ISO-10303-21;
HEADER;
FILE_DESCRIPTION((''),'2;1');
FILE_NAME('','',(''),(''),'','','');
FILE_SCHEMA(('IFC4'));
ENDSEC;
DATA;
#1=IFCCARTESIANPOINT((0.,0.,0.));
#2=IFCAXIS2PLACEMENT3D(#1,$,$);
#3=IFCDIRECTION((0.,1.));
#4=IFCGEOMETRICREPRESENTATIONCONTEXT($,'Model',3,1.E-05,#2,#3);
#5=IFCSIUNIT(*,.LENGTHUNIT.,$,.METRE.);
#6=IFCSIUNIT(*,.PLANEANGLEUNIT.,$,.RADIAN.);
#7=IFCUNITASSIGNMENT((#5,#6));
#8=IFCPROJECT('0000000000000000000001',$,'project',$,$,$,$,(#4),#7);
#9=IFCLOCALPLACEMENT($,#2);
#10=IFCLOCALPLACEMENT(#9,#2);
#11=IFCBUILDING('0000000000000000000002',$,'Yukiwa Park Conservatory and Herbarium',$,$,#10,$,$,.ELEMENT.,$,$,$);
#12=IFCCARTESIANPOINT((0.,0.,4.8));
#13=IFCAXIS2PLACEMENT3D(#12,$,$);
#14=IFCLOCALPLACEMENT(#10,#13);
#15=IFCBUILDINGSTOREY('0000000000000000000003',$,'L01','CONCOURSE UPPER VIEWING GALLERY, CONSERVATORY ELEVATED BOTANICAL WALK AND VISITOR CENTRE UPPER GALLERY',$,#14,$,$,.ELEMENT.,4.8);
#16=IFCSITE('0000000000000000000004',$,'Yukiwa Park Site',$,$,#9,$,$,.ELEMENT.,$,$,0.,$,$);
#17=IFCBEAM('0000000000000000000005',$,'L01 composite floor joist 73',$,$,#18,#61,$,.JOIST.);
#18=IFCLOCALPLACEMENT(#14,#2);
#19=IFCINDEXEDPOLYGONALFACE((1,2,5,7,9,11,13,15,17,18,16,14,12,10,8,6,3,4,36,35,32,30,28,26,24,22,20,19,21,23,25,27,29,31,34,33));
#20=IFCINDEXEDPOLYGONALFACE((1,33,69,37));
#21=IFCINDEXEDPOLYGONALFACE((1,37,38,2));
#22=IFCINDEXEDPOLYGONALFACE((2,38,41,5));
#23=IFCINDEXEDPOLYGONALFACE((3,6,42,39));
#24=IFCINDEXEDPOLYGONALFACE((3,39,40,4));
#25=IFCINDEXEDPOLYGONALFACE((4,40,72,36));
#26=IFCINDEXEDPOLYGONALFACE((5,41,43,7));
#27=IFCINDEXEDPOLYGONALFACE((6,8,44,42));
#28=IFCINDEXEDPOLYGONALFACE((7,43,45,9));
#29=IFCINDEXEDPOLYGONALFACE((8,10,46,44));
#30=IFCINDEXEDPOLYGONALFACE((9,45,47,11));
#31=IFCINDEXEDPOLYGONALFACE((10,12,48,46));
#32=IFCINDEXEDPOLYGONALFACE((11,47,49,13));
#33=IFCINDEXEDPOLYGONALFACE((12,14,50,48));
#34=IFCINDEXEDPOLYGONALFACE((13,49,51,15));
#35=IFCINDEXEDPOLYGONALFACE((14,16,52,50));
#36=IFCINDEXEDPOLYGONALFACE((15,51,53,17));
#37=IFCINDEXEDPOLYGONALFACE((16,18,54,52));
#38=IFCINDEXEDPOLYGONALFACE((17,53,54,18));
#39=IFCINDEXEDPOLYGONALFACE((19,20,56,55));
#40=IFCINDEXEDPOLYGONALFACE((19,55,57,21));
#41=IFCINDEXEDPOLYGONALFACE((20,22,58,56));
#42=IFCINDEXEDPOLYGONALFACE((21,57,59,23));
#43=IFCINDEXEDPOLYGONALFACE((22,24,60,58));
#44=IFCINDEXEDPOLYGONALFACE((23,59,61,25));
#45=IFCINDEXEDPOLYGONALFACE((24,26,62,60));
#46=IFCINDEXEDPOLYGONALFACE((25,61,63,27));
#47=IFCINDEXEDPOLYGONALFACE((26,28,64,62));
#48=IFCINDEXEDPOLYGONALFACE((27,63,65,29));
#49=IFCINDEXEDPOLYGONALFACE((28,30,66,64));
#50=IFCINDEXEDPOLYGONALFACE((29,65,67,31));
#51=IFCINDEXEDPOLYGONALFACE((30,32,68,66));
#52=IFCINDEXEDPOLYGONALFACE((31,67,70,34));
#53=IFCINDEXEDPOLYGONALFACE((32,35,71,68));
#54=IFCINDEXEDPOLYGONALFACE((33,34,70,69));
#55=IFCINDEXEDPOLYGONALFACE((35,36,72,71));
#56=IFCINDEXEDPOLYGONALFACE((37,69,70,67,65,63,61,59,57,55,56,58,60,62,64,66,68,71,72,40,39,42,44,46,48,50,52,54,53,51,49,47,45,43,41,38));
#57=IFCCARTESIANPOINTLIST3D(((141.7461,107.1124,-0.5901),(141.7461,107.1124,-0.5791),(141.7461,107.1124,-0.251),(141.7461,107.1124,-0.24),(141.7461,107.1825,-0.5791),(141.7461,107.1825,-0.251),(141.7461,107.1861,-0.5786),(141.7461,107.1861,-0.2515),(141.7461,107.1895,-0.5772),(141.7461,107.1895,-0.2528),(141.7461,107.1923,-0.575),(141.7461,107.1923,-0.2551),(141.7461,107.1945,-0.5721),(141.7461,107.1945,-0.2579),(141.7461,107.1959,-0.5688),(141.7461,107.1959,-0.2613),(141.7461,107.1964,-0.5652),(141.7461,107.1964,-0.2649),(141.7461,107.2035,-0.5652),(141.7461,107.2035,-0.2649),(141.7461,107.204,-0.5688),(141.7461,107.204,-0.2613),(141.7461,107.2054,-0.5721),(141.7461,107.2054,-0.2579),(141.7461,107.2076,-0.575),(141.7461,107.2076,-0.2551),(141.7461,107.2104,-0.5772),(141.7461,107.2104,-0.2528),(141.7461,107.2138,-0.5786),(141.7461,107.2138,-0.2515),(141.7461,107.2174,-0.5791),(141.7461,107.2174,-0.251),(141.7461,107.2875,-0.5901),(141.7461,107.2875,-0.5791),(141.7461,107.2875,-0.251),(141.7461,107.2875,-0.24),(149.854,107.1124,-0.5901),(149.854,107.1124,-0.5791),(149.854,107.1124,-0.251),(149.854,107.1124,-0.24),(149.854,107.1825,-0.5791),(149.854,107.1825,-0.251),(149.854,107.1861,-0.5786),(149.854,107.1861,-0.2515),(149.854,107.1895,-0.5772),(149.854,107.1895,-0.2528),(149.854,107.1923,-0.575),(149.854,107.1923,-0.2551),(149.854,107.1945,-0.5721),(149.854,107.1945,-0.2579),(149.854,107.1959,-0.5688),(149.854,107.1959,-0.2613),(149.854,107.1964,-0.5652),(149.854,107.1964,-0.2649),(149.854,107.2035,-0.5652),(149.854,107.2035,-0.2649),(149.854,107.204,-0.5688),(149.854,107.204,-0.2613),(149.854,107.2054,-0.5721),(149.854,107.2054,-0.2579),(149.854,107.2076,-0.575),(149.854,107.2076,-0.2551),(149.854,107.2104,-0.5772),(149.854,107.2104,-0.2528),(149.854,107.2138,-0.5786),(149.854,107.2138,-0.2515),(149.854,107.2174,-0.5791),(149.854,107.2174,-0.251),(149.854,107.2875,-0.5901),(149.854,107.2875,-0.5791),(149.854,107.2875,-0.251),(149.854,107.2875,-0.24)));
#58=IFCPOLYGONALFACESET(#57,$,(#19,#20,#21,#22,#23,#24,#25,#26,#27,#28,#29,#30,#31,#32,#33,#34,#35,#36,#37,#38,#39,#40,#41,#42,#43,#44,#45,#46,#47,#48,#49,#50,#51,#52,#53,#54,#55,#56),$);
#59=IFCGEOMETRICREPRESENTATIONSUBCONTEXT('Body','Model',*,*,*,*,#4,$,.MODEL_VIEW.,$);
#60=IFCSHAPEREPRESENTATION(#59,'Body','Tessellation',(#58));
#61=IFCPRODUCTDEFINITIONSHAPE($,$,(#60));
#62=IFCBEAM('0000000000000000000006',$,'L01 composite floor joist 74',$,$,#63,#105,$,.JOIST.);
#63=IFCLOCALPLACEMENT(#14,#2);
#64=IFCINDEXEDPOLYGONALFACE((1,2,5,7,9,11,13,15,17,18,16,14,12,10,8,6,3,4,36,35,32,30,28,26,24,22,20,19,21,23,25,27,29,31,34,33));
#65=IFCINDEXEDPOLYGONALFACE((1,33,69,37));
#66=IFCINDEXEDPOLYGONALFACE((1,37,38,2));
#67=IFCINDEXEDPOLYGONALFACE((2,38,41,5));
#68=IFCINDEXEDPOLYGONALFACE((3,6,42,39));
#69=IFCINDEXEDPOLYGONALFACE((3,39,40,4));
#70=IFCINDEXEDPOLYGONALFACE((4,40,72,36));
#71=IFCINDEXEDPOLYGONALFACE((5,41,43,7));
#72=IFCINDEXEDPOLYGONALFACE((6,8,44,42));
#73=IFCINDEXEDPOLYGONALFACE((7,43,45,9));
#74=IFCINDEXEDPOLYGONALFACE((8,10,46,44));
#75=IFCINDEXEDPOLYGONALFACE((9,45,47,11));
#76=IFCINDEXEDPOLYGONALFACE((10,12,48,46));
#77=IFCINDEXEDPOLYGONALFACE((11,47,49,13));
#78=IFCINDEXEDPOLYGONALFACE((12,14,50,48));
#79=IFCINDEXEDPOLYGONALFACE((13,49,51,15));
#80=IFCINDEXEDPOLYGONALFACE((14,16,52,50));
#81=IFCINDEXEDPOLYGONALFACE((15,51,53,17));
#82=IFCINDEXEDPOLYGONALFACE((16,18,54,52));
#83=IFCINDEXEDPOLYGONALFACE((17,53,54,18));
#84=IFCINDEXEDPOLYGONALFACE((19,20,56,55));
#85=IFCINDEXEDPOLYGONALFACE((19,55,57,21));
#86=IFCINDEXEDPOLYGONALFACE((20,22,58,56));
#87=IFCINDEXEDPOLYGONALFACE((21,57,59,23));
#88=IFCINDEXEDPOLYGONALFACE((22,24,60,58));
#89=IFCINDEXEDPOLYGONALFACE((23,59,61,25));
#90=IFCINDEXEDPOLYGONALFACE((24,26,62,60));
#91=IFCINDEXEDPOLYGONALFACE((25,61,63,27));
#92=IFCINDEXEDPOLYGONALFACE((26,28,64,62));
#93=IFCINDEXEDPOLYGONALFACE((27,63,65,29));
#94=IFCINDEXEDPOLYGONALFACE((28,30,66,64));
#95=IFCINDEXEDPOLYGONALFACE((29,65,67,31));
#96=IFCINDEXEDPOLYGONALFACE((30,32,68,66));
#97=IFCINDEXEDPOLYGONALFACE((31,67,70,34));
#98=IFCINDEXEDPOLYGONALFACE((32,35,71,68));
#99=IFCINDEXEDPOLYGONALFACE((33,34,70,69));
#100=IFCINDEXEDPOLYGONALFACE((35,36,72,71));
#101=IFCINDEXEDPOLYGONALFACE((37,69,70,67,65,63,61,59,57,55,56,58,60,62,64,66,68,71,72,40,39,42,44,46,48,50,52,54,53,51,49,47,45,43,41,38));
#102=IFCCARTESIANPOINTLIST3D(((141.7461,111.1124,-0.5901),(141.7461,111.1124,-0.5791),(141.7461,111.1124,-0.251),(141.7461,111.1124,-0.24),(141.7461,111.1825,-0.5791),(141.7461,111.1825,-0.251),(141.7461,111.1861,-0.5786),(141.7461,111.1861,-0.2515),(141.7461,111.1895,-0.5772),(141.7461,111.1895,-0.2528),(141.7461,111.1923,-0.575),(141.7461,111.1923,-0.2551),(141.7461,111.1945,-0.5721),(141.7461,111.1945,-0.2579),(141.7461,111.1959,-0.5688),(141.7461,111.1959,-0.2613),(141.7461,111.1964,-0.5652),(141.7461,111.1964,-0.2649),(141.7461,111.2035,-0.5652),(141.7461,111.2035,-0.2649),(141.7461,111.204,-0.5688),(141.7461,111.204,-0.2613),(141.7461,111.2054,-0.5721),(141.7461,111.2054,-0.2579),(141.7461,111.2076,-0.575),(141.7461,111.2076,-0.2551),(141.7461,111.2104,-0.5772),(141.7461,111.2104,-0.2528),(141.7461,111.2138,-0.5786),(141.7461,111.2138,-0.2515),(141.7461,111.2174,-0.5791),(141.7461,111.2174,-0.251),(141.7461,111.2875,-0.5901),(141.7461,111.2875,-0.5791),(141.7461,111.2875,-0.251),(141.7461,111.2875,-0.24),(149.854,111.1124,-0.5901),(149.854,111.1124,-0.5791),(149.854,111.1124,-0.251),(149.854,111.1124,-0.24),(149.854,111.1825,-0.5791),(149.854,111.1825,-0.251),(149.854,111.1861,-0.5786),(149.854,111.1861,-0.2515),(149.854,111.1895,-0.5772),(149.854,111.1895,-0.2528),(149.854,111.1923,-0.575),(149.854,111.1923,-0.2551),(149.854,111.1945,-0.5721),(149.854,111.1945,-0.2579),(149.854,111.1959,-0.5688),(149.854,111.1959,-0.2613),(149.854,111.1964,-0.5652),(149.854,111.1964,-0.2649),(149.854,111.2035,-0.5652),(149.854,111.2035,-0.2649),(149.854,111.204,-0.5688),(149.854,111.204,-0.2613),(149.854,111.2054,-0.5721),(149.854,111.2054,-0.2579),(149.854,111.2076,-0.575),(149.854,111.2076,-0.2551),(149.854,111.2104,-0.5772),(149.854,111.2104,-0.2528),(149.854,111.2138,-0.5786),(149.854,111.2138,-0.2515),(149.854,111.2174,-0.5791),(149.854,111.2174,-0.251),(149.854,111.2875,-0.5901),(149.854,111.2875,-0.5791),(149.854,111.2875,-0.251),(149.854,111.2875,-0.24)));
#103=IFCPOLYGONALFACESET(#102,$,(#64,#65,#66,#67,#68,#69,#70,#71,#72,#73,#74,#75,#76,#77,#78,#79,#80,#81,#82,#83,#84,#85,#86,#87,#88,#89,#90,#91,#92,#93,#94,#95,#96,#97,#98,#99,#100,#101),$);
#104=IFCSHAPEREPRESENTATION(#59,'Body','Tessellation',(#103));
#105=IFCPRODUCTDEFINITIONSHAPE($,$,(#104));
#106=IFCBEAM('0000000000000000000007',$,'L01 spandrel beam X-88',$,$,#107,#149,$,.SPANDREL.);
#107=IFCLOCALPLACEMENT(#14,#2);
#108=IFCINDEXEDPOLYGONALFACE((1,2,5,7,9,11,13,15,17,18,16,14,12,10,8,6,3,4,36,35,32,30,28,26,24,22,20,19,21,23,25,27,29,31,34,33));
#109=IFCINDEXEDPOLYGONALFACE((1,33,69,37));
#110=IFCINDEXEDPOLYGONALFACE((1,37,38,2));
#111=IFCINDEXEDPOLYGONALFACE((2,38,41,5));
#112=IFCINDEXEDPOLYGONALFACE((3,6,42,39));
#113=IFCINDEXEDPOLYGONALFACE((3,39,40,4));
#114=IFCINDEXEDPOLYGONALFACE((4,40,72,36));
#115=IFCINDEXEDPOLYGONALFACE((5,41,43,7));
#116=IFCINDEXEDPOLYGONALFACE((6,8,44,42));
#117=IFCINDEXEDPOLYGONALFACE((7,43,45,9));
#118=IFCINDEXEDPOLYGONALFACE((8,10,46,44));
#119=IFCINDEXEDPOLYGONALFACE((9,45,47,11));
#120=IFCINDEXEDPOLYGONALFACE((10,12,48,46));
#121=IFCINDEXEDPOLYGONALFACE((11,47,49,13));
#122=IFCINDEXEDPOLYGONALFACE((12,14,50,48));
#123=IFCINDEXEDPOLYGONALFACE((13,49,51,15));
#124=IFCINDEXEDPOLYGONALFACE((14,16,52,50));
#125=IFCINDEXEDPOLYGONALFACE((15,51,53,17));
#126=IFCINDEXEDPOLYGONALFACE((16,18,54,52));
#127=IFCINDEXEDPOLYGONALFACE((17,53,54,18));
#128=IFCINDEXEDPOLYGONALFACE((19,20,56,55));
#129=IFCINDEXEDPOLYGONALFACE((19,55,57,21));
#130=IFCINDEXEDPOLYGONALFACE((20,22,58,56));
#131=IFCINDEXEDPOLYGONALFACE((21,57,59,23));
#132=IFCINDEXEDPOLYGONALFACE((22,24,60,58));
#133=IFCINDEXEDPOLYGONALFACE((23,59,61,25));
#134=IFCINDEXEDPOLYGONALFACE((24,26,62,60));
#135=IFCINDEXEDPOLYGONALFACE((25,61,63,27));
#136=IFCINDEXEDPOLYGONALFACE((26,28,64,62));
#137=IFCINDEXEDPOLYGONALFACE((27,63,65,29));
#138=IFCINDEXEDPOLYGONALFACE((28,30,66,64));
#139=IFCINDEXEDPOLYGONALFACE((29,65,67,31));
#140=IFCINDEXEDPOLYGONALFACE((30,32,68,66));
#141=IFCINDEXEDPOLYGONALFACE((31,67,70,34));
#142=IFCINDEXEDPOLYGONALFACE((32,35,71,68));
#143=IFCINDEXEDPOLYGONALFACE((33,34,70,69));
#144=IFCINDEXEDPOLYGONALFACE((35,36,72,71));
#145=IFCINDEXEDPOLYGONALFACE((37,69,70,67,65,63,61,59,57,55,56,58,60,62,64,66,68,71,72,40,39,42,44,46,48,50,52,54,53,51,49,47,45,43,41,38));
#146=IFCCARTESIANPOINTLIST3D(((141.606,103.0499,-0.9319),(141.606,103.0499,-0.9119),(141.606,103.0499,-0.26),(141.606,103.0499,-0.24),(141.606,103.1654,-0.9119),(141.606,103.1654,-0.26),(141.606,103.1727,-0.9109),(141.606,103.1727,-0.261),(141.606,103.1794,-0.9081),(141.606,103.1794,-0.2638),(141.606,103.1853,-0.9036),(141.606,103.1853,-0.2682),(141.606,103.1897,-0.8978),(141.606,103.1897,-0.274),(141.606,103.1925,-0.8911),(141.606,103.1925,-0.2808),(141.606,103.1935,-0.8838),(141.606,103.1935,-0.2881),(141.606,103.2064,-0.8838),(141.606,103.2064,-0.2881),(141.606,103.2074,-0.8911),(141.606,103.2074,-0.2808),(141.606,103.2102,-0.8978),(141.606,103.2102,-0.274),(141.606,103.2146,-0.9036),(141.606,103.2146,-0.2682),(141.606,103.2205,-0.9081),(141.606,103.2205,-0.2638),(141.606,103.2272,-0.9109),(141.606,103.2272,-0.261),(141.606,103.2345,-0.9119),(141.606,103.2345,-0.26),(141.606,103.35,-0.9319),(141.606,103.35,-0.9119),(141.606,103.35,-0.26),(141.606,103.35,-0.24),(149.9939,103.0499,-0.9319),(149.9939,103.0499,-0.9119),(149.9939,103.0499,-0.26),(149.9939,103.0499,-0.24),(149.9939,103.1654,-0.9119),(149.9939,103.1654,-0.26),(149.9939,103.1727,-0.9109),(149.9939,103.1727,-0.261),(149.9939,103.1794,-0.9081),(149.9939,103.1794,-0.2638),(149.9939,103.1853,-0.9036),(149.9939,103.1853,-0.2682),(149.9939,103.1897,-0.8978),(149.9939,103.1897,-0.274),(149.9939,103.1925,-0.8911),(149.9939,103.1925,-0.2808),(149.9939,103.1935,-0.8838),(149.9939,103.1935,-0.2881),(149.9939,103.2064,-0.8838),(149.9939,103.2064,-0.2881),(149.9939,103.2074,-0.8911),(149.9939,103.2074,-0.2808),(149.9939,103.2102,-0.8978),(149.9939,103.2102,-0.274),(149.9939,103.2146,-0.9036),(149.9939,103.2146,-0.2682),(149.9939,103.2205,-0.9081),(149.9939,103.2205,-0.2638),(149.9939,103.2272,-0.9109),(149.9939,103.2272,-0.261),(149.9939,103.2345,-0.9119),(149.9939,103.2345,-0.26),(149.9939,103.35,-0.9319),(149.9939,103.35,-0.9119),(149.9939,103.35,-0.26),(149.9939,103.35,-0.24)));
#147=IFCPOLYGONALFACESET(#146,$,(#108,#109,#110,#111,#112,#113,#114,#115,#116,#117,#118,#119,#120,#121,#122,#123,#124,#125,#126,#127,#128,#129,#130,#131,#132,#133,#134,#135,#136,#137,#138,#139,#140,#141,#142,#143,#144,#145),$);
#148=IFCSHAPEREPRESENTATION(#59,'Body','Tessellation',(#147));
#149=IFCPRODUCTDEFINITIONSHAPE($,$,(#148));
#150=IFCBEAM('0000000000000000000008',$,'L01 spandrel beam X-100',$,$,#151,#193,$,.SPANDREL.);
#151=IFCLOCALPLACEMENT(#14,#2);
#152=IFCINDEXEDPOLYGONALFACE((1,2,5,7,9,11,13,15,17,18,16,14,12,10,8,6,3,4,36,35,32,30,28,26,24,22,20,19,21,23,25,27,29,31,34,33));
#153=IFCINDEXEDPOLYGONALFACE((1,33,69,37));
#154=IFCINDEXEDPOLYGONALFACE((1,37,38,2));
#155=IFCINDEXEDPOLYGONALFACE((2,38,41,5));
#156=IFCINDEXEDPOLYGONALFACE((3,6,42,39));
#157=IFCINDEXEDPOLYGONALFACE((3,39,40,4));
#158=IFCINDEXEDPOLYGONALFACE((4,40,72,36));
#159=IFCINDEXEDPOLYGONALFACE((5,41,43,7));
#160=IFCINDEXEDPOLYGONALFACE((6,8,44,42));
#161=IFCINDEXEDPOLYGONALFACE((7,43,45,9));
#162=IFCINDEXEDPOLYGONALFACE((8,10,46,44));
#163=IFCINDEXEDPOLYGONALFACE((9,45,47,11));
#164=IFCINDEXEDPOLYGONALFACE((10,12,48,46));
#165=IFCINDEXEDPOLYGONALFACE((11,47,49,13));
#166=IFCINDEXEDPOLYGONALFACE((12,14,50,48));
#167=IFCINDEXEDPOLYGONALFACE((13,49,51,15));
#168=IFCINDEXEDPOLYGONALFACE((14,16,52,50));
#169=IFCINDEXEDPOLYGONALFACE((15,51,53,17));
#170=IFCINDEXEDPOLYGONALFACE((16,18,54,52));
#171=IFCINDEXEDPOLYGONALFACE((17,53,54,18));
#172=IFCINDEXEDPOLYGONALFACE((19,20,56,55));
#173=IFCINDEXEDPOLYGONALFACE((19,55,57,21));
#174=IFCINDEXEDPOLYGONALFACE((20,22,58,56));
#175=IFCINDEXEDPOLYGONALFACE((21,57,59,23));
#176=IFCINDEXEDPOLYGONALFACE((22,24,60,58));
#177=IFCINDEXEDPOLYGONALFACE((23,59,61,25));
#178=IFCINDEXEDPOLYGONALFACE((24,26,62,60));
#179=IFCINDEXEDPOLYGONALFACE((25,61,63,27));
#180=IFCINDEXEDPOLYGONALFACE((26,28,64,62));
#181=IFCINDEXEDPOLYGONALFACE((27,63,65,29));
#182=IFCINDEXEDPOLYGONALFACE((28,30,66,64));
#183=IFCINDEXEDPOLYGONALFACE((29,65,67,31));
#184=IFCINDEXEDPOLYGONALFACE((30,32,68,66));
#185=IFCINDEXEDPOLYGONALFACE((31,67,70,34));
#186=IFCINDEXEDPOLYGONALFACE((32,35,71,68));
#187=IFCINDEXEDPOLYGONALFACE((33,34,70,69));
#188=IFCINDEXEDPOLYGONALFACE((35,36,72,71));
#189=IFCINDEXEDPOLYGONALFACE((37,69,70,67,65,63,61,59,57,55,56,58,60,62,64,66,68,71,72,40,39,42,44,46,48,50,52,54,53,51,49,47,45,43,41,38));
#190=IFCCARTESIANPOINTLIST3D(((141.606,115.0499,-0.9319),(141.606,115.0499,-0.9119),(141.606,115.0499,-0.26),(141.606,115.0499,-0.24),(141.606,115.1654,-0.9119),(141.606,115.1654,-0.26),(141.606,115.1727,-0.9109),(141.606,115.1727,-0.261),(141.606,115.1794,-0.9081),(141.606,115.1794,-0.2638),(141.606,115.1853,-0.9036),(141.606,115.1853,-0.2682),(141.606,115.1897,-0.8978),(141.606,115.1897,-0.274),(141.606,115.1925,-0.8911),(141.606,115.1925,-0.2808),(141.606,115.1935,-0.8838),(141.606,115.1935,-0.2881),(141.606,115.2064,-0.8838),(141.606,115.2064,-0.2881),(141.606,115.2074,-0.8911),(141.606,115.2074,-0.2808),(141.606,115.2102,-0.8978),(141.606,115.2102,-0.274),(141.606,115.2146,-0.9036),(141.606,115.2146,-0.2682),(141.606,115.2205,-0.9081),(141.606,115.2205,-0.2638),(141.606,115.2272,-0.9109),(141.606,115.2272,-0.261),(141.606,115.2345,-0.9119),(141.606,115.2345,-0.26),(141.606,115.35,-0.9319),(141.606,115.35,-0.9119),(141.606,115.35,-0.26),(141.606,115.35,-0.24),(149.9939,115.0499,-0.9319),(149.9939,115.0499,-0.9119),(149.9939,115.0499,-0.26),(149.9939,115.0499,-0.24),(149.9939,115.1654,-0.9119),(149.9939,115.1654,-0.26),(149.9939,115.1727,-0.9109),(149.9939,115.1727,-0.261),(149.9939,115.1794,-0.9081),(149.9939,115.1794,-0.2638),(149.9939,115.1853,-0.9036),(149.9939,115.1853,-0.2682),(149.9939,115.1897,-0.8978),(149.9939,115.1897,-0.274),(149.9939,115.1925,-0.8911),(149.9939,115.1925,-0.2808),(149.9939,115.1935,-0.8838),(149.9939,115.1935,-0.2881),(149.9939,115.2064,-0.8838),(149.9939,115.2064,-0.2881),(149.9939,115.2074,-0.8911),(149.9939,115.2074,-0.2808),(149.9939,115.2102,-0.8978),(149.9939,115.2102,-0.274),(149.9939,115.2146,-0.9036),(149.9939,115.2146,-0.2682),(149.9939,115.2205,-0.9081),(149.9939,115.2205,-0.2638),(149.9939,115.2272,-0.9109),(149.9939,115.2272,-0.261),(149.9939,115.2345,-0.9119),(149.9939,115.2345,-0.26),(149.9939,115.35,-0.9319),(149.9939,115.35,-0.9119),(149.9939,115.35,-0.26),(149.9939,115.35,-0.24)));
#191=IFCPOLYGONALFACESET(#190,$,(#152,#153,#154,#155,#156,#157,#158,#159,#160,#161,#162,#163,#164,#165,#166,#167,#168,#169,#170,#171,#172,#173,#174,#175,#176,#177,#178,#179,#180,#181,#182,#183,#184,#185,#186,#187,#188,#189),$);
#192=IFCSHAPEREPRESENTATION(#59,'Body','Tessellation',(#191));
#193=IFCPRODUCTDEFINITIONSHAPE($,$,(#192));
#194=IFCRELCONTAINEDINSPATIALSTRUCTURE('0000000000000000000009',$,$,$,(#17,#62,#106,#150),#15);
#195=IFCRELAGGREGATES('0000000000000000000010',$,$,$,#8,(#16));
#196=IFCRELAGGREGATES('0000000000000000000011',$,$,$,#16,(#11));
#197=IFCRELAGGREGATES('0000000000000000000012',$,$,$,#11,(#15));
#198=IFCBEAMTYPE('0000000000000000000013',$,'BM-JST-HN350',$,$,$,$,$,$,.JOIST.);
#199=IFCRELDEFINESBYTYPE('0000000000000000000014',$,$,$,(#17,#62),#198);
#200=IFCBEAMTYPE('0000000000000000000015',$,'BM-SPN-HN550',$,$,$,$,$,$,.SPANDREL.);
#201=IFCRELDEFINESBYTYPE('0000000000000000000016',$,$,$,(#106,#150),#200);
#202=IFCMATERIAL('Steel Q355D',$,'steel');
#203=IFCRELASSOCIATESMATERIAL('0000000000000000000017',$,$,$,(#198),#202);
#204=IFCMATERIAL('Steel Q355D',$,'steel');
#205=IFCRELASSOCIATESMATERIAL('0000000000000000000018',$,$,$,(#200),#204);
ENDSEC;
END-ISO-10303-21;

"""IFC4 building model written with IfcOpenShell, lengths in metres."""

from ifc_helpers import new_model, si_unit, direction, frame, origin, origin_2d, place, context, subcontext, project, spatial, i_section, extrude, material, material_profile, profile_set, type_object, element, save


model = new_model("IFC4")

# Units and contexts
model_context = context("Model", 3, precision=1e-05, world=origin(), true_north=direction((0.0, 1.0)))
body_context = subcontext(model_context, "Body", "Model", "MODEL_VIEW")
ifc_project = project(units=[si_unit("LENGTHUNIT", "METRE"), si_unit("PLANEANGLEUNIT", "RADIAN")], contexts=[model_context])

# Site, building, storey
site_placement = place(None, origin())
site = spatial("IfcSite", under=ifc_project, at=site_placement, Name="Yukiwa Park Site", CompositionType="ELEMENT", RefElevation=0.0)
building_placement = place(site_placement, origin())
building = spatial("IfcBuilding", under=site, at=building_placement, Name="Yukiwa Park Conservatory and Herbarium", CompositionType="ELEMENT")
storey_placement = place(building_placement, frame((0.0, 0.0, 4.8)))
storey = spatial("IfcBuildingStorey", under=building, at=storey_placement, Name="L01", Description="CONCOURSE UPPER VIEWING GALLERY, CONSERVATORY ELEVATED BOTANICAL WALK AND VISITOR CENTRE UPPER GALLERY", CompositionType="ELEMENT", Elevation=4.8)

# Beams
ifc_material_1 = material(Name="Steel Q355D", Category="steel")
ifc_material_profile_1 = material_profile(ifc_material_1, i_section(OverallWidth=0.175, OverallDepth=0.3501, WebThickness=0.0071, FlangeThickness=0.011, FilletRadius=0.0139, at=origin_2d()), Name="HN 350x175x7x11")
ifc_profile_set_1 = profile_set([ifc_material_profile_1], Name="Steel Q355D")
beam_type_1 = type_object("IfcBeamType", Name="BM-JST-HN350", PredefinedType="JOIST", material=ifc_profile_set_1)
for number, where, z_axis, x_axis, name in (
    (1, (141.7461, 107.2, -0.415), (1.0, 0.0, 0.0), (0.0, 1.0, 0.0), "L01 composite floor joist 73"),
    (2, (141.7461, 111.2, -0.415), (1.0, 0.0, 0.0), (0.0, 1.0, 0.0), "L01 composite floor joist 74"),
):
    element("IfcBeam", number, at=place(storey_placement, frame(where, z_axis=z_axis, x_axis=x_axis)), inside=storey, type_object=beam_type_1, Name=name, PredefinedType="JOIST", context=body_context, shape_type="SweptSolid", body=[
        extrude(i_section(OverallWidth=0.175, OverallDepth=0.3501, WebThickness=0.0071, FlangeThickness=0.011, FilletRadius=0.0139, at=origin_2d()), origin(), (0.0, 0.0, 1.0), 8.1079),
    ])
ifc_material_2 = material(Name="Steel Q355D", Category="steel")
ifc_material_profile_2 = material_profile(ifc_material_2, i_section(OverallWidth=0.3, OverallDepth=0.6919, WebThickness=0.0129, FlangeThickness=0.02, FilletRadius=0.0281, at=origin_2d()), Name="HN 692x300x13x20")
ifc_profile_set_2 = profile_set([ifc_material_profile_2], Name="Steel Q355D")
beam_type_2 = type_object("IfcBeamType", Name="BM-SPN-HN550", PredefinedType="SPANDREL", material=ifc_profile_set_2)
for number, where, z_axis, x_axis, name in (
    (3, (141.606, 103.2, -0.5859), (1.0, 0.0, 0.0), (0.0, 1.0, 0.0), "L01 spandrel beam X-88"),
    (4, (141.606, 115.2, -0.5859), (1.0, 0.0, 0.0), (0.0, 1.0, 0.0), "L01 spandrel beam X-100"),
):
    element("IfcBeam", number, at=place(storey_placement, frame(where, z_axis=z_axis, x_axis=x_axis)), inside=storey, type_object=beam_type_2, Name=name, PredefinedType="SPANDREL", context=body_context, shape_type="SweptSolid", body=[
        extrude(i_section(OverallWidth=0.3, OverallDepth=0.6919, WebThickness=0.0129, FlangeThickness=0.02, FilletRadius=0.0281, at=origin_2d()), origin(), (0.0, 0.0, 1.0), 8.3879),
    ])

save(model, "model.ifc")
